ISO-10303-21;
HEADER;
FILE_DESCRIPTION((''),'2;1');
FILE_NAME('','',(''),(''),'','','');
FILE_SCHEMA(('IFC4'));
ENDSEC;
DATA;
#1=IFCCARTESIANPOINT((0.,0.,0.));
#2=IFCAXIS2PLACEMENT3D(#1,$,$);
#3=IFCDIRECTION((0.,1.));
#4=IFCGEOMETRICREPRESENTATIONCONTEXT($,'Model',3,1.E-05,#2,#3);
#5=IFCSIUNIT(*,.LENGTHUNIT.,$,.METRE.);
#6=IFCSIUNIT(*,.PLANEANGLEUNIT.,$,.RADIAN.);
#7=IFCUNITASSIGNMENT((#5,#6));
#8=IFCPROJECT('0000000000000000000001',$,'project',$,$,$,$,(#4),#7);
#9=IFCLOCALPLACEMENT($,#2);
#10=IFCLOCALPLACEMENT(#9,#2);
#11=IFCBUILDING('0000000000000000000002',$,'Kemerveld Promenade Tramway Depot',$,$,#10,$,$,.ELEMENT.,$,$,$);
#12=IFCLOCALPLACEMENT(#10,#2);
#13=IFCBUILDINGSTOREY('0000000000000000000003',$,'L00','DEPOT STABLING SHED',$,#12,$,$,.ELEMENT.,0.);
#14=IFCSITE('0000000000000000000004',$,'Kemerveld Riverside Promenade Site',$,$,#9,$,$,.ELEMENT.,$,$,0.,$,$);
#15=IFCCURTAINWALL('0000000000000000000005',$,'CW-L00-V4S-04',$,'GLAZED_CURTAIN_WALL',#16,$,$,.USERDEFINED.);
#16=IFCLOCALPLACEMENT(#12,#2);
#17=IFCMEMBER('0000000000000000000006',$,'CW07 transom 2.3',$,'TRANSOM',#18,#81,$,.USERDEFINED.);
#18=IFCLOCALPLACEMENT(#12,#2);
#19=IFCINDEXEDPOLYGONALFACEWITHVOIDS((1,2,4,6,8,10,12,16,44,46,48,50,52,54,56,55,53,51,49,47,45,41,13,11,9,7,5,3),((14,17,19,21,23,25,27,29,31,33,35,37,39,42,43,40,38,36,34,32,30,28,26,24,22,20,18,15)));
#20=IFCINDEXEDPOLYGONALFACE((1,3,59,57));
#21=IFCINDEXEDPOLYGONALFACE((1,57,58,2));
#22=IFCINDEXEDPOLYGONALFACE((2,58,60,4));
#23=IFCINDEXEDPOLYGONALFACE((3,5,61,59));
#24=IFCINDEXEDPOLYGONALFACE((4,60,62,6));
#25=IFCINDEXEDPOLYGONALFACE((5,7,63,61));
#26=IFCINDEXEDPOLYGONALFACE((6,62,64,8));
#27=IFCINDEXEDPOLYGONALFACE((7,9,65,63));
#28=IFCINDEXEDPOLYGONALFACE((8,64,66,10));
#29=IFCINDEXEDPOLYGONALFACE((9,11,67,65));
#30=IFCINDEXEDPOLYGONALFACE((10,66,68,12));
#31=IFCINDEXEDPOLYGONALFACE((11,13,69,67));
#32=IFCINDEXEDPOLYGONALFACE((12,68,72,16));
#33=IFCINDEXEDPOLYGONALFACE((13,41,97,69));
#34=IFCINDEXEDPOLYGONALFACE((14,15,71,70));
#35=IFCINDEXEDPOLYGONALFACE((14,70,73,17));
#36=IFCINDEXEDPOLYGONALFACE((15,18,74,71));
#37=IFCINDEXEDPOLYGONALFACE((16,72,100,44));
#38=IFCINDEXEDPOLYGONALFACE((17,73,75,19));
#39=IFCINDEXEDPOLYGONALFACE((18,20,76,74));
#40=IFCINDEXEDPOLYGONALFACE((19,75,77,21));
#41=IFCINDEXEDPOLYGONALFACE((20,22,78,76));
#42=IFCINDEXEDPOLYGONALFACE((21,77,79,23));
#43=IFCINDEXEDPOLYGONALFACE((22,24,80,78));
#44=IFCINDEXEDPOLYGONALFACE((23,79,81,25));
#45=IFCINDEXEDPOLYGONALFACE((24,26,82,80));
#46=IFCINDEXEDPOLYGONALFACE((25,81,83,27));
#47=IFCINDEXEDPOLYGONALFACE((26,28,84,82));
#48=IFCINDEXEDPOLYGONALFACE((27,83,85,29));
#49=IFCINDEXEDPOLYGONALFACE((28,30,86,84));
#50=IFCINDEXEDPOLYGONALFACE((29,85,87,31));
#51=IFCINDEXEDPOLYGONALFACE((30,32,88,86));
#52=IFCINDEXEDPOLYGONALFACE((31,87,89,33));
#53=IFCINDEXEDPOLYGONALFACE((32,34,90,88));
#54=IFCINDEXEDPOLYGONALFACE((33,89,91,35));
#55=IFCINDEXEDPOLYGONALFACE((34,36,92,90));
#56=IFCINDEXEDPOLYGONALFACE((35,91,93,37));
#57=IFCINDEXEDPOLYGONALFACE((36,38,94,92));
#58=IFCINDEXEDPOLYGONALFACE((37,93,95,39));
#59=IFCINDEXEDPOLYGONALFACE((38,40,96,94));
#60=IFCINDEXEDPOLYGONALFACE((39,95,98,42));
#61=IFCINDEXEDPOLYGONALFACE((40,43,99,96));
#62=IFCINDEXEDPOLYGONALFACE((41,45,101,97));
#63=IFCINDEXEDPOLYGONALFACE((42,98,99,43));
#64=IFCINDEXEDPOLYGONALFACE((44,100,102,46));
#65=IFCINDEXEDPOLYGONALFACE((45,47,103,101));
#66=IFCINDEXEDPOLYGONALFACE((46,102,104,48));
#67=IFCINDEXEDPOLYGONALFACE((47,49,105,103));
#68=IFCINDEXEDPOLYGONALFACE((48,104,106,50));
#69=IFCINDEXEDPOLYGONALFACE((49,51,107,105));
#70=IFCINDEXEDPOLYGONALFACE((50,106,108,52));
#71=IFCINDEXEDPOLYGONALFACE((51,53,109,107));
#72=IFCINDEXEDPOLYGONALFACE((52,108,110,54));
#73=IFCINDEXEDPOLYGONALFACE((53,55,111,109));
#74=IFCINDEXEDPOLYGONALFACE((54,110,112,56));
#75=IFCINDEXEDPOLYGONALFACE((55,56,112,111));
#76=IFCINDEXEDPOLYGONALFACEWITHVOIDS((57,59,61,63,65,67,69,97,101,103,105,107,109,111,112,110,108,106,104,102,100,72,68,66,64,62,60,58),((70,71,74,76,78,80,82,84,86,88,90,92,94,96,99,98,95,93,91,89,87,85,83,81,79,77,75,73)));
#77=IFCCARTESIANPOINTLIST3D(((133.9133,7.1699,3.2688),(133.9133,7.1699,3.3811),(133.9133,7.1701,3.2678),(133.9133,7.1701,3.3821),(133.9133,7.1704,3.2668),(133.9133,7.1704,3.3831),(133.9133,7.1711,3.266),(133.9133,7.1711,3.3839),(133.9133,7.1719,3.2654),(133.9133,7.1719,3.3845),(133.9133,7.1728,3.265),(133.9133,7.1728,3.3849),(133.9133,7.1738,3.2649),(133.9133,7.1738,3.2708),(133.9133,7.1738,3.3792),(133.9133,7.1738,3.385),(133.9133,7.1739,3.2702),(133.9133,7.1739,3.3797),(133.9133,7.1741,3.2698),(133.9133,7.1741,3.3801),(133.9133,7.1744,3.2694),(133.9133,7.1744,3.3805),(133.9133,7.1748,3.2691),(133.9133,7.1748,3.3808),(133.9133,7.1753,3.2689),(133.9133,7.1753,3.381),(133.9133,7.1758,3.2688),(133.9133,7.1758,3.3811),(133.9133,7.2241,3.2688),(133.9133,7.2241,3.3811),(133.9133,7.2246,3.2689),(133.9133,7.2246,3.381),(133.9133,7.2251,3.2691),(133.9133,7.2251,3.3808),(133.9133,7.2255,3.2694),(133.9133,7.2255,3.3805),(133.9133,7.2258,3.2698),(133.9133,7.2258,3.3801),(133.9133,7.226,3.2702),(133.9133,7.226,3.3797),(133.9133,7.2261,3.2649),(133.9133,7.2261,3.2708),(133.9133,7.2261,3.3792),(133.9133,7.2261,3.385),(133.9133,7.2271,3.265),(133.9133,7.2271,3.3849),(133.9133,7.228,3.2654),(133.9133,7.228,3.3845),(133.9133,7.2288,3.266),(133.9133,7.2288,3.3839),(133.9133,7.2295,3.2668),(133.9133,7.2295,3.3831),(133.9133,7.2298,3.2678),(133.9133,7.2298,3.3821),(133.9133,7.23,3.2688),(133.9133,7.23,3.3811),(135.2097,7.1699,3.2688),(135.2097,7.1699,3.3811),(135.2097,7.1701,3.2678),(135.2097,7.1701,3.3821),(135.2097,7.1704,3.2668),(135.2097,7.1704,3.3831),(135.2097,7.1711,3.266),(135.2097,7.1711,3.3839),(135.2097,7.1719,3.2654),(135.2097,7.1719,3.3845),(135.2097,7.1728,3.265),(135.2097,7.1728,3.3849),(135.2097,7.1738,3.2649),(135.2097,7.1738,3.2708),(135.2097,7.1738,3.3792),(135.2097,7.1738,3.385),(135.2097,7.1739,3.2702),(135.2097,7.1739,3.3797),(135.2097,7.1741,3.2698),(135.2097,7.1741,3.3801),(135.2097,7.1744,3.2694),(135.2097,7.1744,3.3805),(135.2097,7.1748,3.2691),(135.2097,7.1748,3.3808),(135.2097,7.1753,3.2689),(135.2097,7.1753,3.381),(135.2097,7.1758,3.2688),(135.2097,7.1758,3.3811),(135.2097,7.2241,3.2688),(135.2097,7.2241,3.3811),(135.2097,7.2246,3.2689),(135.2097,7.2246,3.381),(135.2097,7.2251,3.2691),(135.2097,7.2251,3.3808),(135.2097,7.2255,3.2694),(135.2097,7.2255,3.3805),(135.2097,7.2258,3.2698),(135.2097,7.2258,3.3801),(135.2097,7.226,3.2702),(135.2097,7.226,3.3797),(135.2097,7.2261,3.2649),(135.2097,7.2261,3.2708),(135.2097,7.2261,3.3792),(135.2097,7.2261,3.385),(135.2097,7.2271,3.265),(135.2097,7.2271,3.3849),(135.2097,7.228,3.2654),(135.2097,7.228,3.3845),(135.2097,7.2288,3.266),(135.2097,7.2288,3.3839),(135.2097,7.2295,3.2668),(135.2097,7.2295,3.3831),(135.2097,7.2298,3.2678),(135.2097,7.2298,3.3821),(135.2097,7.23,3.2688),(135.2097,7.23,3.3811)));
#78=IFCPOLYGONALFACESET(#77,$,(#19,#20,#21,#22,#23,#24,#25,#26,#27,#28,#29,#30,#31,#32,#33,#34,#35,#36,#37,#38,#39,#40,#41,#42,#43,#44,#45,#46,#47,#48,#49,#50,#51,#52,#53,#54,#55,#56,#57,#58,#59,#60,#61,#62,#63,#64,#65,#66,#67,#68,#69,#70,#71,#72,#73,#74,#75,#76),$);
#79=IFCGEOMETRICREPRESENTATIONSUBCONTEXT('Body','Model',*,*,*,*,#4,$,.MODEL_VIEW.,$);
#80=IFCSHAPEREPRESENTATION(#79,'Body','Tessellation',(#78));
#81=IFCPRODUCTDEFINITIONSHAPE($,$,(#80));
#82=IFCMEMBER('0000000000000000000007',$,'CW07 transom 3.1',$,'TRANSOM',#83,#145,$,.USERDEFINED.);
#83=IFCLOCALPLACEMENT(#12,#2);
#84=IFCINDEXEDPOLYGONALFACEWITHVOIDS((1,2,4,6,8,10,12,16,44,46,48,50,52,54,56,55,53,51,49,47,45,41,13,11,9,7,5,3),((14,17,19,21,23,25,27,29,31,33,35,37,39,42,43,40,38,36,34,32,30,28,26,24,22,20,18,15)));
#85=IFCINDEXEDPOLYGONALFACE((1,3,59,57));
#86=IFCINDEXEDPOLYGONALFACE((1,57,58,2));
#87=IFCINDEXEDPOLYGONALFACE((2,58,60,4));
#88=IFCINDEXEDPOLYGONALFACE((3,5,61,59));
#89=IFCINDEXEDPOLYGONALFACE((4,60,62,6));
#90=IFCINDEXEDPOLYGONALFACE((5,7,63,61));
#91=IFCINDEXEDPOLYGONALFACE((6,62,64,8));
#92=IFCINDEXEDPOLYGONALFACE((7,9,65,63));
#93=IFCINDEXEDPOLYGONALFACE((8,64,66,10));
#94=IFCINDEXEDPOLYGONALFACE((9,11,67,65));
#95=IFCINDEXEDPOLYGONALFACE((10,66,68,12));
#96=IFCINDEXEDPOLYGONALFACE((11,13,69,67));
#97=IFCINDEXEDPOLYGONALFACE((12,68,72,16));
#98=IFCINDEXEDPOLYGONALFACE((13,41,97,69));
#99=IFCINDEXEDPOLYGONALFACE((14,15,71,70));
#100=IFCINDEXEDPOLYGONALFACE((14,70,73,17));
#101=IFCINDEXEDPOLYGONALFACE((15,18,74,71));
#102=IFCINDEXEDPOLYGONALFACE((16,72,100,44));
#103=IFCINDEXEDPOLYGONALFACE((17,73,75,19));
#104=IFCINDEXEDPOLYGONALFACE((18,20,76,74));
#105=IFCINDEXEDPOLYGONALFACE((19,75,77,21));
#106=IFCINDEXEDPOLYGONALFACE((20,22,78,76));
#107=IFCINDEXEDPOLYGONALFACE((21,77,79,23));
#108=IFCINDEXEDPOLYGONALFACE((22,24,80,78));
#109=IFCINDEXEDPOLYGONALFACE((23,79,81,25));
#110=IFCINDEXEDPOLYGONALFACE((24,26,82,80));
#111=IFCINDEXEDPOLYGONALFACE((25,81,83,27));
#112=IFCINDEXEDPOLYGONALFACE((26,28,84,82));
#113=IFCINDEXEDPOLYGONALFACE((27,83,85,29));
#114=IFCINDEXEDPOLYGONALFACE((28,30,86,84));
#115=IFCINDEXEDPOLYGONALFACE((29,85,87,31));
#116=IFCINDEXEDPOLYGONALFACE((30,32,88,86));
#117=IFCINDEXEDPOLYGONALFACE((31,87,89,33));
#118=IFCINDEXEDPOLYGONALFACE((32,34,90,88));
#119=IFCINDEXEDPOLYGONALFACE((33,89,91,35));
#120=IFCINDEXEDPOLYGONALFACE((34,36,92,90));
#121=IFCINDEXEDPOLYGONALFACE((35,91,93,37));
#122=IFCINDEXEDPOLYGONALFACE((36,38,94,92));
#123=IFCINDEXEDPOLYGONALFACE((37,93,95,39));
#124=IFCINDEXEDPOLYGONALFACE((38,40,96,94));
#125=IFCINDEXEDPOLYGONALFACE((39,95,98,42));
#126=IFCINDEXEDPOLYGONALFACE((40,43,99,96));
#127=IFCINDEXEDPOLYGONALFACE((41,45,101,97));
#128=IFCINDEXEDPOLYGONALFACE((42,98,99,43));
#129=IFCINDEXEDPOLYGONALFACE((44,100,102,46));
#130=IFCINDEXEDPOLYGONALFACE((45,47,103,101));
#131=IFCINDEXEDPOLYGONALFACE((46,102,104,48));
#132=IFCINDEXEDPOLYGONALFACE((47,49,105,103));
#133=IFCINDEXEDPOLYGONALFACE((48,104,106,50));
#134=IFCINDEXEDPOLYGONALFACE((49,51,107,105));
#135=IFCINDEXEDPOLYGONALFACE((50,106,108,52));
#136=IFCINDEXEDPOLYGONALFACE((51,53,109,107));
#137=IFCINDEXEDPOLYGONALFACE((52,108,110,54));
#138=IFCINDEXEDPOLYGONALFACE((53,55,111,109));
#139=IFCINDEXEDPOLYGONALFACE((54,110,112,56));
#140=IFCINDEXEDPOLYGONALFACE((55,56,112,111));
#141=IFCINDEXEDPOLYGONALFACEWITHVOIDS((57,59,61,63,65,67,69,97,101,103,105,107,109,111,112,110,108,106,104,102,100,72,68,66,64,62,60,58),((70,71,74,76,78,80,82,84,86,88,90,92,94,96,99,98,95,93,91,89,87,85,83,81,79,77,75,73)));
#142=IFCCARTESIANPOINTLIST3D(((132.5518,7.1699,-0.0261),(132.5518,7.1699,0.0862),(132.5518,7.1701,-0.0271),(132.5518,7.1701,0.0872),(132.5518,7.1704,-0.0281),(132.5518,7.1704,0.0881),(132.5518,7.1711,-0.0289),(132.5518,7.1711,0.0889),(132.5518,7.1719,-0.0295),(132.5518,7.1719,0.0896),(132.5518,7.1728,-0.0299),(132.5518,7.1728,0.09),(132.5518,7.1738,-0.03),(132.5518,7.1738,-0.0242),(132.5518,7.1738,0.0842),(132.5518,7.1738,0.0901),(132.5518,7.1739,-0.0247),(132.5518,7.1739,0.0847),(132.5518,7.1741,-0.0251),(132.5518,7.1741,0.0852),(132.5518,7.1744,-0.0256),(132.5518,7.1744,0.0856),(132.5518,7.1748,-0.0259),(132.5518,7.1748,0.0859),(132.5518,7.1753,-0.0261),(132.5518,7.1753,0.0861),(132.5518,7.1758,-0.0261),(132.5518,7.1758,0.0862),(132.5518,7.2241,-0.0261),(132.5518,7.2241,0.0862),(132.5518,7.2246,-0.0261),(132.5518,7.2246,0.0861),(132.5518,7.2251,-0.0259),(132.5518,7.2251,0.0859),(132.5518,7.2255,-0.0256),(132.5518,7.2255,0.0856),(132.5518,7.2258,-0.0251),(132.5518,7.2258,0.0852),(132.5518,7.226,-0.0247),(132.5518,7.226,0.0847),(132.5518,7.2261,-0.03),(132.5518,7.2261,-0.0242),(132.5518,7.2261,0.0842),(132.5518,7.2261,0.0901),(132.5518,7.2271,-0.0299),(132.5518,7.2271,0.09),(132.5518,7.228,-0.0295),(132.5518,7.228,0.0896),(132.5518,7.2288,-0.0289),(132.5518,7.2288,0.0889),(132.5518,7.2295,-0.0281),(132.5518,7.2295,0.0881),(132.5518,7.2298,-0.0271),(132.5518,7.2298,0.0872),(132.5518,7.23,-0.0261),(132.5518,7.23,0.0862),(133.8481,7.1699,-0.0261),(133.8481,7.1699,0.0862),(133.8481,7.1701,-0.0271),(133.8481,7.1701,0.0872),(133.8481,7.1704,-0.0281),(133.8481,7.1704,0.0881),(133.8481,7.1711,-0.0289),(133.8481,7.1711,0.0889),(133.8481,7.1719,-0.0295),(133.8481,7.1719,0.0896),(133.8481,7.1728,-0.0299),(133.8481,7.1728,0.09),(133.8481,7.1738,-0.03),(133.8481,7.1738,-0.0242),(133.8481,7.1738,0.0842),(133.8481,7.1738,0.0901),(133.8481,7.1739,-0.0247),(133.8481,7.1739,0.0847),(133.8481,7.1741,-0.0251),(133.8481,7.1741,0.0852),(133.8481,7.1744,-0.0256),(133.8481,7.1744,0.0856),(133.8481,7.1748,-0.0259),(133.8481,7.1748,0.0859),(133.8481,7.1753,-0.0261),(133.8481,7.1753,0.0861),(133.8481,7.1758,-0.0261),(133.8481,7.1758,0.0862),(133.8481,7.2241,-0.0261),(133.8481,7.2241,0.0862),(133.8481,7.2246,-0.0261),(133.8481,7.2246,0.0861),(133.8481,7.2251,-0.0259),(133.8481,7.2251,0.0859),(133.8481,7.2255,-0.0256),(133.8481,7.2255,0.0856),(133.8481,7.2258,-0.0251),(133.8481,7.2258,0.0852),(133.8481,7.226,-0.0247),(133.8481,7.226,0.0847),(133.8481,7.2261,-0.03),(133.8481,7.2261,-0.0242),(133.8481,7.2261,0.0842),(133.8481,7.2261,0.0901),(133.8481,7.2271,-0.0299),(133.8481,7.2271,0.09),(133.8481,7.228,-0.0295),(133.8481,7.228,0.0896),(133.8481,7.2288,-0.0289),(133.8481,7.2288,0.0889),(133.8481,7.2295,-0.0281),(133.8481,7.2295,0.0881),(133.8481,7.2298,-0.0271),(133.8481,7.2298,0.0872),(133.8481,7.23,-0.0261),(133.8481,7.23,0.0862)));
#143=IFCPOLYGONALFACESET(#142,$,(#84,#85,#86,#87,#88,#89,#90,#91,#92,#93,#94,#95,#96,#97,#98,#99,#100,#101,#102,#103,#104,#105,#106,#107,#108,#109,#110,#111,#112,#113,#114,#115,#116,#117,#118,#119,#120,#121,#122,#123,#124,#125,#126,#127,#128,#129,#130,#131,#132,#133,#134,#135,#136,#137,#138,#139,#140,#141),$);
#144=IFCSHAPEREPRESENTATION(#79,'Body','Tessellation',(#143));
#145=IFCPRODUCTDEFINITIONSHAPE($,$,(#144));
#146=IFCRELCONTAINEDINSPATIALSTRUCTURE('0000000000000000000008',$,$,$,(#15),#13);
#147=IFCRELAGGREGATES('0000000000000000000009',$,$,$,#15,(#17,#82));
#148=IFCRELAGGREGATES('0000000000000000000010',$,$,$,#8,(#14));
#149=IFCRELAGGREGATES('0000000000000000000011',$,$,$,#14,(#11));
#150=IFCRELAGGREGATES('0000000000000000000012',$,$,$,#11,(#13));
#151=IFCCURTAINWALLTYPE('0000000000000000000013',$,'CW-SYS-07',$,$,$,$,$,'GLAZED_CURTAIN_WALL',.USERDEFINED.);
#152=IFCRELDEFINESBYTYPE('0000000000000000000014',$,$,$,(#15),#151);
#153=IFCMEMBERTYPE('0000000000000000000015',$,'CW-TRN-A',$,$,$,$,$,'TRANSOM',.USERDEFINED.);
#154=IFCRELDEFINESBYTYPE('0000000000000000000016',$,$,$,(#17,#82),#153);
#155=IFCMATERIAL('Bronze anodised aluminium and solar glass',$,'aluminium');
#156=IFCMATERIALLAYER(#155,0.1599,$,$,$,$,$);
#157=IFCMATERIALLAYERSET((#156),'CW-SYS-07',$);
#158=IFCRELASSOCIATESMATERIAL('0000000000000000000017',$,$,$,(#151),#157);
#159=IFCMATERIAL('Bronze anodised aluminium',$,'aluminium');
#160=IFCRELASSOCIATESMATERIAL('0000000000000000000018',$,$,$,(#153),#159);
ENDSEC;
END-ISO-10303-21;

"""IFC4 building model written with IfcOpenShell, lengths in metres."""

from ifc_helpers import new_model, si_unit, direction, frame, origin, origin_2d, place, context, subcontext, project, spatial, hollow_rectangle, extrude, material, layer, layer_set, material_profile, profile_set, type_object, element, aggregate, save


model = new_model("IFC4")

# Units and contexts
model_context = context("Model", 3, precision=1e-05, world=origin(), true_north=direction((0.0, 1.0)))
body_context = subcontext(model_context, "Body", "Model", "MODEL_VIEW")
ifc_project = project(units=[si_unit("LENGTHUNIT", "METRE"), si_unit("PLANEANGLEUNIT", "RADIAN")], contexts=[model_context])

# Site, building, storey
site_placement = place(None, origin())
site = spatial("IfcSite", under=ifc_project, at=site_placement, Name="Kemerveld Riverside Promenade Site", CompositionType="ELEMENT", RefElevation=0.0)
building_placement = place(site_placement, origin())
building = spatial("IfcBuilding", under=site, at=building_placement, Name="Kemerveld Promenade Tramway Depot", CompositionType="ELEMENT")
storey_placement = place(building_placement, origin())
storey = spatial("IfcBuildingStorey", under=building, at=storey_placement, Name="L00", Description="DEPOT STABLING SHED", CompositionType="ELEMENT", Elevation=0.0)

# Curtain wall, members
ifc_material_1 = material(Name="Bronze anodised aluminium and solar glass", Category="aluminium")
ifc_layer_1 = layer(ifc_material_1, 0.1599)
ifc_layer_set_1 = layer_set([ifc_layer_1], Name="CW-SYS-07")
curtain_wall_type = type_object("IfcCurtainWallType", Name="CW-SYS-07", ElementType="GLAZED_CURTAIN_WALL", PredefinedType="USERDEFINED", material=ifc_layer_set_1)
curtain_wall_placement = place(storey_placement, origin())
curtain_wall = element("IfcCurtainWall", 1, at=curtain_wall_placement, inside=storey, type_object=curtain_wall_type, Name="CW-L00-V4S-04", ObjectType="GLAZED_CURTAIN_WALL", PredefinedType="USERDEFINED")
ifc_material_2 = material(Name="Bronze anodised aluminium", Category="aluminium")
ifc_material_profile_1 = material_profile(ifc_material_2, hollow_rectangle(XDim=0.0601, YDim=0.1201, WallThickness=0.0039, InnerFilletRadius=0.002, OuterFilletRadius=0.0039, at=origin_2d()), Name="CW-TRN-120x60")
ifc_profile_set_1 = profile_set([ifc_material_profile_1], Name="Bronze anodised aluminium")
member_type_1 = type_object("IfcMemberType", Name="CW-TRN-A", ElementType="TRANSOM", PredefinedType="USERDEFINED", material=ifc_profile_set_1)
member_1_placement = place(storey_placement, frame((135.2097, 7.2, 3.325), z_axis=(-1.0, 0.0, 0.0), x_axis=(0.0, -1.0, 0.0)))
member_1 = element("IfcMember", 2, at=member_1_placement, type_object=member_type_1, Name="CW07 transom 2.3", ObjectType="TRANSOM", PredefinedType="USERDEFINED", context=body_context, shape_type="SweptSolid", body=[
    extrude(hollow_rectangle(XDim=0.0601, YDim=0.1201, WallThickness=0.0039, InnerFilletRadius=0.002, OuterFilletRadius=0.0039, at=origin_2d()), origin(), (0.0, 0.0, 1.0), 1.2964),
])
member_2_placement = place(storey_placement, frame((133.8481, 7.2, 0.03), z_axis=(-1.0, 0.0, 0.0), x_axis=(0.0, -1.0, 0.0)))
member_2 = element("IfcMember", 3, at=member_2_placement, type_object=member_type_1, Name="CW07 transom 3.1", ObjectType="TRANSOM", PredefinedType="USERDEFINED", context=body_context, shape_type="SweptSolid", body=[
    extrude(hollow_rectangle(XDim=0.0601, YDim=0.1201, WallThickness=0.0039, InnerFilletRadius=0.002, OuterFilletRadius=0.0039, at=origin_2d()), origin(), (0.0, 0.0, 1.0), 1.2964),
])
aggregate(curtain_wall, [member_1, member_2])

save(model, "model.ifc")
